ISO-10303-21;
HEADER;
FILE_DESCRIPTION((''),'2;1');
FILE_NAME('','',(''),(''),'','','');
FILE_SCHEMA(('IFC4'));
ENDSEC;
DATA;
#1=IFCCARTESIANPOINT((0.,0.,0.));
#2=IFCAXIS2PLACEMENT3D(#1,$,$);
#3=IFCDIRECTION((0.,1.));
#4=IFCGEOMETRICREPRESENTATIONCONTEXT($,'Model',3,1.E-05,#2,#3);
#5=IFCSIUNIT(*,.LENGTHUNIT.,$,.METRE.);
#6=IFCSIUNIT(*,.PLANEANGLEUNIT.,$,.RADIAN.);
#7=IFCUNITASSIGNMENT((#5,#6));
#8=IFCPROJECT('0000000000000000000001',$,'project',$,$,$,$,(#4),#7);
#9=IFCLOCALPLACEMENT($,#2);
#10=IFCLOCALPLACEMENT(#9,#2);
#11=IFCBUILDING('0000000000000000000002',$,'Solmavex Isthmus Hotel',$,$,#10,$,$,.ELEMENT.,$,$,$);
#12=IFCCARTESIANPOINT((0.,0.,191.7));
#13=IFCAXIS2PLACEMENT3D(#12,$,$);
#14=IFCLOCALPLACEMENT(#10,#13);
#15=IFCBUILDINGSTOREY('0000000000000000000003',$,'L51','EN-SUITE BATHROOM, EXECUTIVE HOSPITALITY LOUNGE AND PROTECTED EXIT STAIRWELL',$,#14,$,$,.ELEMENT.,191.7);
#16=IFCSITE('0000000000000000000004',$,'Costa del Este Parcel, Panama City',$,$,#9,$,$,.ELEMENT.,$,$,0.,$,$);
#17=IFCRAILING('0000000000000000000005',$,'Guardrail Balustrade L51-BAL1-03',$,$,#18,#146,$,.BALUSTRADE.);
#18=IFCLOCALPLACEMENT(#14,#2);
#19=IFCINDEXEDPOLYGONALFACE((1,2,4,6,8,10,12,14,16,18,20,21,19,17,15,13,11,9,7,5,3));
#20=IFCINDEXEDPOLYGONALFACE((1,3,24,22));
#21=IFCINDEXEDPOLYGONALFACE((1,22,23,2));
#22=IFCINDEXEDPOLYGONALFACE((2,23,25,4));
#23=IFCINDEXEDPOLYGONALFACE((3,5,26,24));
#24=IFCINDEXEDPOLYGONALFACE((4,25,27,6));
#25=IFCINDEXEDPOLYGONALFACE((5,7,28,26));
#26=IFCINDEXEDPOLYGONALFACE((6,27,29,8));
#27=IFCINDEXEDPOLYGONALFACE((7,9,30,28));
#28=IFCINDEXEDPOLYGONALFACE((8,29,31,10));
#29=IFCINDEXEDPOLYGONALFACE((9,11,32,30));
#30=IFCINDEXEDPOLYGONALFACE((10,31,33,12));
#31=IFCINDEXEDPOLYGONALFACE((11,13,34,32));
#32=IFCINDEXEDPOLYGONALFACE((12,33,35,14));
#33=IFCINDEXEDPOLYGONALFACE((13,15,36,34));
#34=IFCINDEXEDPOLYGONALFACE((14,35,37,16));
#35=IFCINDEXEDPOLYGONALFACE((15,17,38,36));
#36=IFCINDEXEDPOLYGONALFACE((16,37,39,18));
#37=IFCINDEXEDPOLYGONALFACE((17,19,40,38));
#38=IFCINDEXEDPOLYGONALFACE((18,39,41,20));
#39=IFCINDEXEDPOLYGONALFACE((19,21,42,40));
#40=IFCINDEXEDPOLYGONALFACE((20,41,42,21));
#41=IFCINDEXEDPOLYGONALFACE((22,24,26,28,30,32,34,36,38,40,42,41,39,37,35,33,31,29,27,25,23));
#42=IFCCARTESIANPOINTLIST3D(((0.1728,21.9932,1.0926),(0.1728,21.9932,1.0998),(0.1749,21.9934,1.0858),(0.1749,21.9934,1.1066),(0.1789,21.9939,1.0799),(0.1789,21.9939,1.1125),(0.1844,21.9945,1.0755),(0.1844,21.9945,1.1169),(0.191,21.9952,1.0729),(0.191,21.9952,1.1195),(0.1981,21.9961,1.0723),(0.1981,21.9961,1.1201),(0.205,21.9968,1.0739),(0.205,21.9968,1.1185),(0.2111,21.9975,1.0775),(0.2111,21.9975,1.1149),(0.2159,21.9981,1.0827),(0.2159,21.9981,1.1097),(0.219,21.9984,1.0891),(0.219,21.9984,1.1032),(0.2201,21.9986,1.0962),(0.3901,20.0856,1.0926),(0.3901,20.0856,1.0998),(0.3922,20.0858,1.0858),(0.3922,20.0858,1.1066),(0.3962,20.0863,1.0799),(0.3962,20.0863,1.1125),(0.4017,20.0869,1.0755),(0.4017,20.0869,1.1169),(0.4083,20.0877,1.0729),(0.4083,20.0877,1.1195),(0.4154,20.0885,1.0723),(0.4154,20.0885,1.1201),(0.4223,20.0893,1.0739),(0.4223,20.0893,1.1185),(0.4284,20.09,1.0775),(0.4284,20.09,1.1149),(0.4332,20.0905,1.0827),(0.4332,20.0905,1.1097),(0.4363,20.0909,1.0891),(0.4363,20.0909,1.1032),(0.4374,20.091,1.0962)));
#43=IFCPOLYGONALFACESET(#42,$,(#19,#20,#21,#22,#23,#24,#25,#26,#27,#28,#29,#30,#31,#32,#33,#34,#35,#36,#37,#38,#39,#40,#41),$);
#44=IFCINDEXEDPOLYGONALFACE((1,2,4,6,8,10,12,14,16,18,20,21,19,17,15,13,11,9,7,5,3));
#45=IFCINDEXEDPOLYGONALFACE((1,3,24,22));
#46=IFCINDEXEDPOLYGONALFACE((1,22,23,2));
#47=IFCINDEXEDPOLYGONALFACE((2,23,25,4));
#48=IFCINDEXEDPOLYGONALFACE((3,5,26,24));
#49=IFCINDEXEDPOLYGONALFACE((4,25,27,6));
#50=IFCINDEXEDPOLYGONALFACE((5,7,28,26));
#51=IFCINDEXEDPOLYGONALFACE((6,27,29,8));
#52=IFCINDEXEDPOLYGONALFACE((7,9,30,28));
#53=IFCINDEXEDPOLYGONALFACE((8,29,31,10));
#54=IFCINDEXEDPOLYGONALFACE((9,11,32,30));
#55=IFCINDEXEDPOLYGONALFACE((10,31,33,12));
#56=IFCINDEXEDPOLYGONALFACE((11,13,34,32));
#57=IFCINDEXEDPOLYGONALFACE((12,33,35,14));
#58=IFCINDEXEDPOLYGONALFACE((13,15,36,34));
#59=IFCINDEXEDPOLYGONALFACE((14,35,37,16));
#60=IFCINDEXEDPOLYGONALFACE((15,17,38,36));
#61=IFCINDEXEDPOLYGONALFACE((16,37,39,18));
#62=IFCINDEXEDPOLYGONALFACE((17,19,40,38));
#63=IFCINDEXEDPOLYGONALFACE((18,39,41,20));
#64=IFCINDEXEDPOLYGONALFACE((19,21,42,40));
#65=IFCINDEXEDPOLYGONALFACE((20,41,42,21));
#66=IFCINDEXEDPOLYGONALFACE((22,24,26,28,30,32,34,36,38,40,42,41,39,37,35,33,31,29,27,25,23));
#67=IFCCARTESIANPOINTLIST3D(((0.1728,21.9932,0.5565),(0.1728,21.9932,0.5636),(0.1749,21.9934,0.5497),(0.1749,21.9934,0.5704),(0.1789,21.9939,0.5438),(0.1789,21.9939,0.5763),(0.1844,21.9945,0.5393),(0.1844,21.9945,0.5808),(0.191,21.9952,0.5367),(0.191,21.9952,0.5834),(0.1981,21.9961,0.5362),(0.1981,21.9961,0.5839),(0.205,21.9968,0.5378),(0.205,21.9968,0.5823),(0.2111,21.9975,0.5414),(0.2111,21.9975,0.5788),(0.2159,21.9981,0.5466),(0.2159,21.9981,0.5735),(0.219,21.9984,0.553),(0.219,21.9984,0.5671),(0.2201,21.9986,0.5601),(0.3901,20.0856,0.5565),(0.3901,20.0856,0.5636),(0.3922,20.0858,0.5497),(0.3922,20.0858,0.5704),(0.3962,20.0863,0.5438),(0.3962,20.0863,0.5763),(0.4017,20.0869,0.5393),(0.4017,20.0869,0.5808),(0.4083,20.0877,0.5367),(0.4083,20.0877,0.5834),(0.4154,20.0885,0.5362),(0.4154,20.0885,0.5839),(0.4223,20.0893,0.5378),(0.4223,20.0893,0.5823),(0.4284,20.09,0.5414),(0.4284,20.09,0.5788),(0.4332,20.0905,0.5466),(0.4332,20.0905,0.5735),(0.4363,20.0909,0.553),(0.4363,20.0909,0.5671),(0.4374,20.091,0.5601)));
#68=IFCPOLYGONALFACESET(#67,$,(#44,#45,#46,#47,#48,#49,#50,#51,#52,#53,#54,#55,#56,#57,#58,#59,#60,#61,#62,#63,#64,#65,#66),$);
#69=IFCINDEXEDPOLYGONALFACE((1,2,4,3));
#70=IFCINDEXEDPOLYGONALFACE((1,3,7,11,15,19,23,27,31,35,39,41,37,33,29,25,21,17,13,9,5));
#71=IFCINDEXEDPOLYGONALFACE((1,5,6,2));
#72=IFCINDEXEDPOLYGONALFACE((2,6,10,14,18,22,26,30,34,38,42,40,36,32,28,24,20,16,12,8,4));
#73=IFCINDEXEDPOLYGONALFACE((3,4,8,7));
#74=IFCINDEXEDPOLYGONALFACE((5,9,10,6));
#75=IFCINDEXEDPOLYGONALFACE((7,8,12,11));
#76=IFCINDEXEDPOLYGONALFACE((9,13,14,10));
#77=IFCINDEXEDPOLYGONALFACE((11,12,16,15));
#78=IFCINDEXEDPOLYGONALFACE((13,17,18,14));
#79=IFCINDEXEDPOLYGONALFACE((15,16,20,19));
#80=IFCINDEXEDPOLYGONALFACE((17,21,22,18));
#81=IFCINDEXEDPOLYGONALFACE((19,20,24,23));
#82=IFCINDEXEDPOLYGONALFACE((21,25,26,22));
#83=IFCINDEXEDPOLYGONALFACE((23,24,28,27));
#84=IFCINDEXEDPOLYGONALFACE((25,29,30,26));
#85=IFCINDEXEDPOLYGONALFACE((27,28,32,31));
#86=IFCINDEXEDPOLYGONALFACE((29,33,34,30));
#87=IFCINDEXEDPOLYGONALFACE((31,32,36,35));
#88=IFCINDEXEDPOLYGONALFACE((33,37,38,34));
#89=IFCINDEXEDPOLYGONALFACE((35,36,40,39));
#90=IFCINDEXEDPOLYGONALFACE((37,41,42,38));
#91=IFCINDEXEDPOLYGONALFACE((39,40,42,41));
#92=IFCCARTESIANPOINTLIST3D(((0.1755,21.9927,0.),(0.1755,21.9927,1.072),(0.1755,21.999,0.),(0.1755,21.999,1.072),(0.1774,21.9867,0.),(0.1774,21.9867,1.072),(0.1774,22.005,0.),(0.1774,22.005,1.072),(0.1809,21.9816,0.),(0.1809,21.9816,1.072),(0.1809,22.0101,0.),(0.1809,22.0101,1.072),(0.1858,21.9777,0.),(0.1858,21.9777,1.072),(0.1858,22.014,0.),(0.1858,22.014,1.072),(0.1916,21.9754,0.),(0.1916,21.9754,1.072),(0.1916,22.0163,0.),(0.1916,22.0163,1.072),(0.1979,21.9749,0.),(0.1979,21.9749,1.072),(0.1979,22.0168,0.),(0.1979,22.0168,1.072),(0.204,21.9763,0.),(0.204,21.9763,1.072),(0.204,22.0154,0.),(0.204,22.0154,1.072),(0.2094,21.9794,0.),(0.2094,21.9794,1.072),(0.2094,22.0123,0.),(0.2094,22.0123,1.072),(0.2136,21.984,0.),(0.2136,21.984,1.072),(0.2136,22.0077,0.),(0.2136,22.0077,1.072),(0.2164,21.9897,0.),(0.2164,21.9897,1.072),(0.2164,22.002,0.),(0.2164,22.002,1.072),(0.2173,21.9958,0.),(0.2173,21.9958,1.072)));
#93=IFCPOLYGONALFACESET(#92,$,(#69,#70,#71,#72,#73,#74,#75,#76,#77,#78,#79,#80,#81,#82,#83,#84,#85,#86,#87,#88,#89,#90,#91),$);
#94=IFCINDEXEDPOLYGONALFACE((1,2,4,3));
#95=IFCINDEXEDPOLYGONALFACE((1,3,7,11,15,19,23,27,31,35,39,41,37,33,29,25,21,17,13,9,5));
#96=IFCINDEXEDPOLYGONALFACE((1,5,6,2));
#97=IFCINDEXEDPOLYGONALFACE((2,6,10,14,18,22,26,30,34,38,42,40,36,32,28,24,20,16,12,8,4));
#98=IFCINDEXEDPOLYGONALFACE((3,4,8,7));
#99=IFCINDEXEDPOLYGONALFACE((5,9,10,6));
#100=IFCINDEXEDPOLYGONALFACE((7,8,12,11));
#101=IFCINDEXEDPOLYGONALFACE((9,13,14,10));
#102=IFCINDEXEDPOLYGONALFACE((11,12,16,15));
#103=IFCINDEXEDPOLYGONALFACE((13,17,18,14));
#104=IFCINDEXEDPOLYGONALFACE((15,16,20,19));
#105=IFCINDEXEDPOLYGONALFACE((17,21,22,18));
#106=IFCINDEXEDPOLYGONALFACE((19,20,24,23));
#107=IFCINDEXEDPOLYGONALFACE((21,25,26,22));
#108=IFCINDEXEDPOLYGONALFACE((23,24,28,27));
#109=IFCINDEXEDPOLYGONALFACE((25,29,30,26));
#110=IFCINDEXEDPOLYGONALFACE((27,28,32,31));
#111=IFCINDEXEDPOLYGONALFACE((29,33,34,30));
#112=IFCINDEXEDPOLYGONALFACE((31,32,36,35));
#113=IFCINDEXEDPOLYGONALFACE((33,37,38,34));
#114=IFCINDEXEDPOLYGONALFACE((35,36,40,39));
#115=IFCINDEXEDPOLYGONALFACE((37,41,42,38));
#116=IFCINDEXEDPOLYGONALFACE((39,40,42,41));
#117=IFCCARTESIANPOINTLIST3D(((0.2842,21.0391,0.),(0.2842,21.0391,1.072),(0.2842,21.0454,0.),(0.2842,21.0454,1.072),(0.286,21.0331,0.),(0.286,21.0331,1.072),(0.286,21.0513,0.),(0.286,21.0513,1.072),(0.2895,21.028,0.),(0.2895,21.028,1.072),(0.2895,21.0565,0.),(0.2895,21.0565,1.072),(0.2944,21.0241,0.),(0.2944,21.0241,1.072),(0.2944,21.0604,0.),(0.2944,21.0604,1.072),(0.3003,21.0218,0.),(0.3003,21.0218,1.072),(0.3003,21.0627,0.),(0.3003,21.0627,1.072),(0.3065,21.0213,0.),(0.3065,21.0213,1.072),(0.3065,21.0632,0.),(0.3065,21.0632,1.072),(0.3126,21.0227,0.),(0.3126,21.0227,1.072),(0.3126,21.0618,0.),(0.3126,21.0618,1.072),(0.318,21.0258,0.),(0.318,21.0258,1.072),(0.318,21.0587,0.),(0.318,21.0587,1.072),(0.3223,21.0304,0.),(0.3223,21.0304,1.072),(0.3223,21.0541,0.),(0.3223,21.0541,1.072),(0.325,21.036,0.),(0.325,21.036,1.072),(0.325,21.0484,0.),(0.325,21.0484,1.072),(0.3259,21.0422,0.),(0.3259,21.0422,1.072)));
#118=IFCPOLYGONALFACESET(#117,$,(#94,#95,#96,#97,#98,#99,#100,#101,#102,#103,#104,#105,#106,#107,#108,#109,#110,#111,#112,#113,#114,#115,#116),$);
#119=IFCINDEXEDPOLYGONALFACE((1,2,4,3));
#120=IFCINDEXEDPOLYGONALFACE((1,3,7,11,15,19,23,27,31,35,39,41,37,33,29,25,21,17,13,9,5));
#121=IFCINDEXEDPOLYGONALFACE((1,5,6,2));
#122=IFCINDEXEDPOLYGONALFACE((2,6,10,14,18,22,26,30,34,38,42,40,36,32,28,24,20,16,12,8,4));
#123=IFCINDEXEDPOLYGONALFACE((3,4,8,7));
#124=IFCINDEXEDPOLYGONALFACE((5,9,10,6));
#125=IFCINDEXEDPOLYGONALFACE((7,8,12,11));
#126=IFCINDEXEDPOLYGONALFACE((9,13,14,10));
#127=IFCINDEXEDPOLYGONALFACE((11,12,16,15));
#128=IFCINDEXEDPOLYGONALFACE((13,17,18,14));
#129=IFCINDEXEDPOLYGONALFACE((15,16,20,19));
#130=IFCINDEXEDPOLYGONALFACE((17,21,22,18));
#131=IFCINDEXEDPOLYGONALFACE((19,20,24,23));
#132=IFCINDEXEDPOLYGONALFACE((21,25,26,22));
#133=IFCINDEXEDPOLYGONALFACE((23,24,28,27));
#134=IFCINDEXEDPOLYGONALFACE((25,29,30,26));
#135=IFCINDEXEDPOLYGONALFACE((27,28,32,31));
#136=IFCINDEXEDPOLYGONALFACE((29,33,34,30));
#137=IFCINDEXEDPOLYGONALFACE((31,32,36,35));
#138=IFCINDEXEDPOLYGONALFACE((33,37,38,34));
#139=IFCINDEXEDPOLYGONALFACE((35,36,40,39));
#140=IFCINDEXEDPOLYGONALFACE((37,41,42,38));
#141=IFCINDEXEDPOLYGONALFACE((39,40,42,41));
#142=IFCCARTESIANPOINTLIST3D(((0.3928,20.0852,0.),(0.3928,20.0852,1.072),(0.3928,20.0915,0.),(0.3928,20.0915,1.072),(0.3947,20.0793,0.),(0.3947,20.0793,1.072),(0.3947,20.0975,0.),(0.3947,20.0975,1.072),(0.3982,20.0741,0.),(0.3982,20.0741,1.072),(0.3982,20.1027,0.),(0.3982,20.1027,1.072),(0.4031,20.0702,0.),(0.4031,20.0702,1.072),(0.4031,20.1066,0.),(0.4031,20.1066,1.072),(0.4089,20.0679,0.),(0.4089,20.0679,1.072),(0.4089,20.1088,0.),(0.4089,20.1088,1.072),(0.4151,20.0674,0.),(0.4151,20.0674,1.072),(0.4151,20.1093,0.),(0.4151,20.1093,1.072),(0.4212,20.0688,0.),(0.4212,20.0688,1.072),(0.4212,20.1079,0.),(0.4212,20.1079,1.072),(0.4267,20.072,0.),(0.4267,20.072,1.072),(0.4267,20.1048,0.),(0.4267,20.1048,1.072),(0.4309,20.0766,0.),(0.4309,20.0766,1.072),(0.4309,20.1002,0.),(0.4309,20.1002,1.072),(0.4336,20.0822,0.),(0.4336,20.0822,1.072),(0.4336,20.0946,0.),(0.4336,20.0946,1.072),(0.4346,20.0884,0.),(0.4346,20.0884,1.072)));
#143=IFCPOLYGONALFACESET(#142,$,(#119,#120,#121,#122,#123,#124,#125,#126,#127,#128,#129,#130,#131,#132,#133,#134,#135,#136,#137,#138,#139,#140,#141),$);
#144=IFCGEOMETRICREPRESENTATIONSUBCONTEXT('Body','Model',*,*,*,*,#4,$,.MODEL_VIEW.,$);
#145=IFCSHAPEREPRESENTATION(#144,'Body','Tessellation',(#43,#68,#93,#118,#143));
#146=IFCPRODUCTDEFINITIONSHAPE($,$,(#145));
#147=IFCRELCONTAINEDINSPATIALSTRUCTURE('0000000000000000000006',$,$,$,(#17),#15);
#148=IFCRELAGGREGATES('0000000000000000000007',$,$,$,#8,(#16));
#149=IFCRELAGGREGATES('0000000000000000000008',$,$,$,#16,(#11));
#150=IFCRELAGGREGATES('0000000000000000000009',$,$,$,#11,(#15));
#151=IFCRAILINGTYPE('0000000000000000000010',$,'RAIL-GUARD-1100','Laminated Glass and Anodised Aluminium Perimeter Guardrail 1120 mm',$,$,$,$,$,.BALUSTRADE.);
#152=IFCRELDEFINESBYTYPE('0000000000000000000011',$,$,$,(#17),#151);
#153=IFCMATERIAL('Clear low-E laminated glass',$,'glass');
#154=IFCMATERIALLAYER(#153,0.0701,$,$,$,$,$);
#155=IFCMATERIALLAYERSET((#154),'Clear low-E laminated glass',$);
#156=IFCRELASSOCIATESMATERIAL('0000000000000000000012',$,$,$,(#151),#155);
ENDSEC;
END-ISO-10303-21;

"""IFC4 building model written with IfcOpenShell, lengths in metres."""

from ifc_helpers import new_model, si_unit, direction, frame, origin, origin_2d, place, context, subcontext, project, spatial, circle, extrude, material, layer, layer_set, type_object, element, save


model = new_model("IFC4")

# Units and contexts
model_context = context("Model", 3, precision=1e-05, world=origin(), true_north=direction((0.0, 1.0)))
body_context = subcontext(model_context, "Body", "Model", "MODEL_VIEW")
ifc_project = project(units=[si_unit("LENGTHUNIT", "METRE"), si_unit("PLANEANGLEUNIT", "RADIAN")], contexts=[model_context])

# Site, building, storey
site_placement = place(None, origin())
site = spatial("IfcSite", under=ifc_project, at=site_placement, Name="Costa del Este Parcel, Panama City", CompositionType="ELEMENT", RefElevation=0.0)
building_placement = place(site_placement, origin())
building = spatial("IfcBuilding", under=site, at=building_placement, Name="Solmavex Isthmus Hotel", CompositionType="ELEMENT")
storey_placement = place(building_placement, frame((0.0, 0.0, 191.7)))
storey = spatial("IfcBuildingStorey", under=building, at=storey_placement, Name="L51", Description="EN-SUITE BATHROOM, EXECUTIVE HOSPITALITY LOUNGE AND PROTECTED EXIT STAIRWELL", CompositionType="ELEMENT", Elevation=191.7)

# Shared definitions
ifc_material_1 = material(Name="Clear low-E laminated glass", Category="glass")

# Railing
ifc_layer_1 = layer(ifc_material_1, 0.0701)
ifc_layer_set_1 = layer_set([ifc_layer_1], Name="Clear low-E laminated glass")
railing_type = type_object("IfcRailingType", Name="RAIL-GUARD-1100", Description="Laminated Glass and Anodised Aluminium Perimeter Guardrail 1120 mm", PredefinedType="BALUSTRADE", material=ifc_layer_set_1)
railing_1_placement = place(storey_placement, frame((0.1963, 21.9958, 0.0)))
element("IfcRailing", 1, at=railing_1_placement, inside=storey, type_object=railing_type, Name="Guardrail Balustrade L51-BAL1-03", PredefinedType="BALUSTRADE", context=body_context, shape_type="SweptSolid", body=[
    extrude(circle(Radius=0.0239, at=origin_2d()), frame((0.0, 0.0, 1.0962), z_axis=(0.113181, -0.993574, 0.0), x_axis=(0.993574, 0.113181, 0.0)), (0.0, 0.0, 1.0), 1.9199),
    extrude(circle(Radius=0.0239, at=origin_2d()), frame((0.0, 0.0, 0.5601), z_axis=(0.113181, -0.993574, 0.0), x_axis=(0.993574, 0.113181, 0.0)), (0.0, 0.0, 1.0), 1.9199),
    extrude(circle(Radius=0.021, at=origin_2d()), origin(), (0.0, 0.0, 1.0), 1.072),
    extrude(circle(Radius=0.021, at=origin_2d()), frame((0.1086, -0.9536, 0.0)), (0.0, 0.0, 1.0), 1.072),
    extrude(circle(Radius=0.021, at=origin_2d()), frame((0.2173, -1.9075, 0.0)), (0.0, 0.0, 1.0), 1.072),
])

save(model, "model.ifc")
